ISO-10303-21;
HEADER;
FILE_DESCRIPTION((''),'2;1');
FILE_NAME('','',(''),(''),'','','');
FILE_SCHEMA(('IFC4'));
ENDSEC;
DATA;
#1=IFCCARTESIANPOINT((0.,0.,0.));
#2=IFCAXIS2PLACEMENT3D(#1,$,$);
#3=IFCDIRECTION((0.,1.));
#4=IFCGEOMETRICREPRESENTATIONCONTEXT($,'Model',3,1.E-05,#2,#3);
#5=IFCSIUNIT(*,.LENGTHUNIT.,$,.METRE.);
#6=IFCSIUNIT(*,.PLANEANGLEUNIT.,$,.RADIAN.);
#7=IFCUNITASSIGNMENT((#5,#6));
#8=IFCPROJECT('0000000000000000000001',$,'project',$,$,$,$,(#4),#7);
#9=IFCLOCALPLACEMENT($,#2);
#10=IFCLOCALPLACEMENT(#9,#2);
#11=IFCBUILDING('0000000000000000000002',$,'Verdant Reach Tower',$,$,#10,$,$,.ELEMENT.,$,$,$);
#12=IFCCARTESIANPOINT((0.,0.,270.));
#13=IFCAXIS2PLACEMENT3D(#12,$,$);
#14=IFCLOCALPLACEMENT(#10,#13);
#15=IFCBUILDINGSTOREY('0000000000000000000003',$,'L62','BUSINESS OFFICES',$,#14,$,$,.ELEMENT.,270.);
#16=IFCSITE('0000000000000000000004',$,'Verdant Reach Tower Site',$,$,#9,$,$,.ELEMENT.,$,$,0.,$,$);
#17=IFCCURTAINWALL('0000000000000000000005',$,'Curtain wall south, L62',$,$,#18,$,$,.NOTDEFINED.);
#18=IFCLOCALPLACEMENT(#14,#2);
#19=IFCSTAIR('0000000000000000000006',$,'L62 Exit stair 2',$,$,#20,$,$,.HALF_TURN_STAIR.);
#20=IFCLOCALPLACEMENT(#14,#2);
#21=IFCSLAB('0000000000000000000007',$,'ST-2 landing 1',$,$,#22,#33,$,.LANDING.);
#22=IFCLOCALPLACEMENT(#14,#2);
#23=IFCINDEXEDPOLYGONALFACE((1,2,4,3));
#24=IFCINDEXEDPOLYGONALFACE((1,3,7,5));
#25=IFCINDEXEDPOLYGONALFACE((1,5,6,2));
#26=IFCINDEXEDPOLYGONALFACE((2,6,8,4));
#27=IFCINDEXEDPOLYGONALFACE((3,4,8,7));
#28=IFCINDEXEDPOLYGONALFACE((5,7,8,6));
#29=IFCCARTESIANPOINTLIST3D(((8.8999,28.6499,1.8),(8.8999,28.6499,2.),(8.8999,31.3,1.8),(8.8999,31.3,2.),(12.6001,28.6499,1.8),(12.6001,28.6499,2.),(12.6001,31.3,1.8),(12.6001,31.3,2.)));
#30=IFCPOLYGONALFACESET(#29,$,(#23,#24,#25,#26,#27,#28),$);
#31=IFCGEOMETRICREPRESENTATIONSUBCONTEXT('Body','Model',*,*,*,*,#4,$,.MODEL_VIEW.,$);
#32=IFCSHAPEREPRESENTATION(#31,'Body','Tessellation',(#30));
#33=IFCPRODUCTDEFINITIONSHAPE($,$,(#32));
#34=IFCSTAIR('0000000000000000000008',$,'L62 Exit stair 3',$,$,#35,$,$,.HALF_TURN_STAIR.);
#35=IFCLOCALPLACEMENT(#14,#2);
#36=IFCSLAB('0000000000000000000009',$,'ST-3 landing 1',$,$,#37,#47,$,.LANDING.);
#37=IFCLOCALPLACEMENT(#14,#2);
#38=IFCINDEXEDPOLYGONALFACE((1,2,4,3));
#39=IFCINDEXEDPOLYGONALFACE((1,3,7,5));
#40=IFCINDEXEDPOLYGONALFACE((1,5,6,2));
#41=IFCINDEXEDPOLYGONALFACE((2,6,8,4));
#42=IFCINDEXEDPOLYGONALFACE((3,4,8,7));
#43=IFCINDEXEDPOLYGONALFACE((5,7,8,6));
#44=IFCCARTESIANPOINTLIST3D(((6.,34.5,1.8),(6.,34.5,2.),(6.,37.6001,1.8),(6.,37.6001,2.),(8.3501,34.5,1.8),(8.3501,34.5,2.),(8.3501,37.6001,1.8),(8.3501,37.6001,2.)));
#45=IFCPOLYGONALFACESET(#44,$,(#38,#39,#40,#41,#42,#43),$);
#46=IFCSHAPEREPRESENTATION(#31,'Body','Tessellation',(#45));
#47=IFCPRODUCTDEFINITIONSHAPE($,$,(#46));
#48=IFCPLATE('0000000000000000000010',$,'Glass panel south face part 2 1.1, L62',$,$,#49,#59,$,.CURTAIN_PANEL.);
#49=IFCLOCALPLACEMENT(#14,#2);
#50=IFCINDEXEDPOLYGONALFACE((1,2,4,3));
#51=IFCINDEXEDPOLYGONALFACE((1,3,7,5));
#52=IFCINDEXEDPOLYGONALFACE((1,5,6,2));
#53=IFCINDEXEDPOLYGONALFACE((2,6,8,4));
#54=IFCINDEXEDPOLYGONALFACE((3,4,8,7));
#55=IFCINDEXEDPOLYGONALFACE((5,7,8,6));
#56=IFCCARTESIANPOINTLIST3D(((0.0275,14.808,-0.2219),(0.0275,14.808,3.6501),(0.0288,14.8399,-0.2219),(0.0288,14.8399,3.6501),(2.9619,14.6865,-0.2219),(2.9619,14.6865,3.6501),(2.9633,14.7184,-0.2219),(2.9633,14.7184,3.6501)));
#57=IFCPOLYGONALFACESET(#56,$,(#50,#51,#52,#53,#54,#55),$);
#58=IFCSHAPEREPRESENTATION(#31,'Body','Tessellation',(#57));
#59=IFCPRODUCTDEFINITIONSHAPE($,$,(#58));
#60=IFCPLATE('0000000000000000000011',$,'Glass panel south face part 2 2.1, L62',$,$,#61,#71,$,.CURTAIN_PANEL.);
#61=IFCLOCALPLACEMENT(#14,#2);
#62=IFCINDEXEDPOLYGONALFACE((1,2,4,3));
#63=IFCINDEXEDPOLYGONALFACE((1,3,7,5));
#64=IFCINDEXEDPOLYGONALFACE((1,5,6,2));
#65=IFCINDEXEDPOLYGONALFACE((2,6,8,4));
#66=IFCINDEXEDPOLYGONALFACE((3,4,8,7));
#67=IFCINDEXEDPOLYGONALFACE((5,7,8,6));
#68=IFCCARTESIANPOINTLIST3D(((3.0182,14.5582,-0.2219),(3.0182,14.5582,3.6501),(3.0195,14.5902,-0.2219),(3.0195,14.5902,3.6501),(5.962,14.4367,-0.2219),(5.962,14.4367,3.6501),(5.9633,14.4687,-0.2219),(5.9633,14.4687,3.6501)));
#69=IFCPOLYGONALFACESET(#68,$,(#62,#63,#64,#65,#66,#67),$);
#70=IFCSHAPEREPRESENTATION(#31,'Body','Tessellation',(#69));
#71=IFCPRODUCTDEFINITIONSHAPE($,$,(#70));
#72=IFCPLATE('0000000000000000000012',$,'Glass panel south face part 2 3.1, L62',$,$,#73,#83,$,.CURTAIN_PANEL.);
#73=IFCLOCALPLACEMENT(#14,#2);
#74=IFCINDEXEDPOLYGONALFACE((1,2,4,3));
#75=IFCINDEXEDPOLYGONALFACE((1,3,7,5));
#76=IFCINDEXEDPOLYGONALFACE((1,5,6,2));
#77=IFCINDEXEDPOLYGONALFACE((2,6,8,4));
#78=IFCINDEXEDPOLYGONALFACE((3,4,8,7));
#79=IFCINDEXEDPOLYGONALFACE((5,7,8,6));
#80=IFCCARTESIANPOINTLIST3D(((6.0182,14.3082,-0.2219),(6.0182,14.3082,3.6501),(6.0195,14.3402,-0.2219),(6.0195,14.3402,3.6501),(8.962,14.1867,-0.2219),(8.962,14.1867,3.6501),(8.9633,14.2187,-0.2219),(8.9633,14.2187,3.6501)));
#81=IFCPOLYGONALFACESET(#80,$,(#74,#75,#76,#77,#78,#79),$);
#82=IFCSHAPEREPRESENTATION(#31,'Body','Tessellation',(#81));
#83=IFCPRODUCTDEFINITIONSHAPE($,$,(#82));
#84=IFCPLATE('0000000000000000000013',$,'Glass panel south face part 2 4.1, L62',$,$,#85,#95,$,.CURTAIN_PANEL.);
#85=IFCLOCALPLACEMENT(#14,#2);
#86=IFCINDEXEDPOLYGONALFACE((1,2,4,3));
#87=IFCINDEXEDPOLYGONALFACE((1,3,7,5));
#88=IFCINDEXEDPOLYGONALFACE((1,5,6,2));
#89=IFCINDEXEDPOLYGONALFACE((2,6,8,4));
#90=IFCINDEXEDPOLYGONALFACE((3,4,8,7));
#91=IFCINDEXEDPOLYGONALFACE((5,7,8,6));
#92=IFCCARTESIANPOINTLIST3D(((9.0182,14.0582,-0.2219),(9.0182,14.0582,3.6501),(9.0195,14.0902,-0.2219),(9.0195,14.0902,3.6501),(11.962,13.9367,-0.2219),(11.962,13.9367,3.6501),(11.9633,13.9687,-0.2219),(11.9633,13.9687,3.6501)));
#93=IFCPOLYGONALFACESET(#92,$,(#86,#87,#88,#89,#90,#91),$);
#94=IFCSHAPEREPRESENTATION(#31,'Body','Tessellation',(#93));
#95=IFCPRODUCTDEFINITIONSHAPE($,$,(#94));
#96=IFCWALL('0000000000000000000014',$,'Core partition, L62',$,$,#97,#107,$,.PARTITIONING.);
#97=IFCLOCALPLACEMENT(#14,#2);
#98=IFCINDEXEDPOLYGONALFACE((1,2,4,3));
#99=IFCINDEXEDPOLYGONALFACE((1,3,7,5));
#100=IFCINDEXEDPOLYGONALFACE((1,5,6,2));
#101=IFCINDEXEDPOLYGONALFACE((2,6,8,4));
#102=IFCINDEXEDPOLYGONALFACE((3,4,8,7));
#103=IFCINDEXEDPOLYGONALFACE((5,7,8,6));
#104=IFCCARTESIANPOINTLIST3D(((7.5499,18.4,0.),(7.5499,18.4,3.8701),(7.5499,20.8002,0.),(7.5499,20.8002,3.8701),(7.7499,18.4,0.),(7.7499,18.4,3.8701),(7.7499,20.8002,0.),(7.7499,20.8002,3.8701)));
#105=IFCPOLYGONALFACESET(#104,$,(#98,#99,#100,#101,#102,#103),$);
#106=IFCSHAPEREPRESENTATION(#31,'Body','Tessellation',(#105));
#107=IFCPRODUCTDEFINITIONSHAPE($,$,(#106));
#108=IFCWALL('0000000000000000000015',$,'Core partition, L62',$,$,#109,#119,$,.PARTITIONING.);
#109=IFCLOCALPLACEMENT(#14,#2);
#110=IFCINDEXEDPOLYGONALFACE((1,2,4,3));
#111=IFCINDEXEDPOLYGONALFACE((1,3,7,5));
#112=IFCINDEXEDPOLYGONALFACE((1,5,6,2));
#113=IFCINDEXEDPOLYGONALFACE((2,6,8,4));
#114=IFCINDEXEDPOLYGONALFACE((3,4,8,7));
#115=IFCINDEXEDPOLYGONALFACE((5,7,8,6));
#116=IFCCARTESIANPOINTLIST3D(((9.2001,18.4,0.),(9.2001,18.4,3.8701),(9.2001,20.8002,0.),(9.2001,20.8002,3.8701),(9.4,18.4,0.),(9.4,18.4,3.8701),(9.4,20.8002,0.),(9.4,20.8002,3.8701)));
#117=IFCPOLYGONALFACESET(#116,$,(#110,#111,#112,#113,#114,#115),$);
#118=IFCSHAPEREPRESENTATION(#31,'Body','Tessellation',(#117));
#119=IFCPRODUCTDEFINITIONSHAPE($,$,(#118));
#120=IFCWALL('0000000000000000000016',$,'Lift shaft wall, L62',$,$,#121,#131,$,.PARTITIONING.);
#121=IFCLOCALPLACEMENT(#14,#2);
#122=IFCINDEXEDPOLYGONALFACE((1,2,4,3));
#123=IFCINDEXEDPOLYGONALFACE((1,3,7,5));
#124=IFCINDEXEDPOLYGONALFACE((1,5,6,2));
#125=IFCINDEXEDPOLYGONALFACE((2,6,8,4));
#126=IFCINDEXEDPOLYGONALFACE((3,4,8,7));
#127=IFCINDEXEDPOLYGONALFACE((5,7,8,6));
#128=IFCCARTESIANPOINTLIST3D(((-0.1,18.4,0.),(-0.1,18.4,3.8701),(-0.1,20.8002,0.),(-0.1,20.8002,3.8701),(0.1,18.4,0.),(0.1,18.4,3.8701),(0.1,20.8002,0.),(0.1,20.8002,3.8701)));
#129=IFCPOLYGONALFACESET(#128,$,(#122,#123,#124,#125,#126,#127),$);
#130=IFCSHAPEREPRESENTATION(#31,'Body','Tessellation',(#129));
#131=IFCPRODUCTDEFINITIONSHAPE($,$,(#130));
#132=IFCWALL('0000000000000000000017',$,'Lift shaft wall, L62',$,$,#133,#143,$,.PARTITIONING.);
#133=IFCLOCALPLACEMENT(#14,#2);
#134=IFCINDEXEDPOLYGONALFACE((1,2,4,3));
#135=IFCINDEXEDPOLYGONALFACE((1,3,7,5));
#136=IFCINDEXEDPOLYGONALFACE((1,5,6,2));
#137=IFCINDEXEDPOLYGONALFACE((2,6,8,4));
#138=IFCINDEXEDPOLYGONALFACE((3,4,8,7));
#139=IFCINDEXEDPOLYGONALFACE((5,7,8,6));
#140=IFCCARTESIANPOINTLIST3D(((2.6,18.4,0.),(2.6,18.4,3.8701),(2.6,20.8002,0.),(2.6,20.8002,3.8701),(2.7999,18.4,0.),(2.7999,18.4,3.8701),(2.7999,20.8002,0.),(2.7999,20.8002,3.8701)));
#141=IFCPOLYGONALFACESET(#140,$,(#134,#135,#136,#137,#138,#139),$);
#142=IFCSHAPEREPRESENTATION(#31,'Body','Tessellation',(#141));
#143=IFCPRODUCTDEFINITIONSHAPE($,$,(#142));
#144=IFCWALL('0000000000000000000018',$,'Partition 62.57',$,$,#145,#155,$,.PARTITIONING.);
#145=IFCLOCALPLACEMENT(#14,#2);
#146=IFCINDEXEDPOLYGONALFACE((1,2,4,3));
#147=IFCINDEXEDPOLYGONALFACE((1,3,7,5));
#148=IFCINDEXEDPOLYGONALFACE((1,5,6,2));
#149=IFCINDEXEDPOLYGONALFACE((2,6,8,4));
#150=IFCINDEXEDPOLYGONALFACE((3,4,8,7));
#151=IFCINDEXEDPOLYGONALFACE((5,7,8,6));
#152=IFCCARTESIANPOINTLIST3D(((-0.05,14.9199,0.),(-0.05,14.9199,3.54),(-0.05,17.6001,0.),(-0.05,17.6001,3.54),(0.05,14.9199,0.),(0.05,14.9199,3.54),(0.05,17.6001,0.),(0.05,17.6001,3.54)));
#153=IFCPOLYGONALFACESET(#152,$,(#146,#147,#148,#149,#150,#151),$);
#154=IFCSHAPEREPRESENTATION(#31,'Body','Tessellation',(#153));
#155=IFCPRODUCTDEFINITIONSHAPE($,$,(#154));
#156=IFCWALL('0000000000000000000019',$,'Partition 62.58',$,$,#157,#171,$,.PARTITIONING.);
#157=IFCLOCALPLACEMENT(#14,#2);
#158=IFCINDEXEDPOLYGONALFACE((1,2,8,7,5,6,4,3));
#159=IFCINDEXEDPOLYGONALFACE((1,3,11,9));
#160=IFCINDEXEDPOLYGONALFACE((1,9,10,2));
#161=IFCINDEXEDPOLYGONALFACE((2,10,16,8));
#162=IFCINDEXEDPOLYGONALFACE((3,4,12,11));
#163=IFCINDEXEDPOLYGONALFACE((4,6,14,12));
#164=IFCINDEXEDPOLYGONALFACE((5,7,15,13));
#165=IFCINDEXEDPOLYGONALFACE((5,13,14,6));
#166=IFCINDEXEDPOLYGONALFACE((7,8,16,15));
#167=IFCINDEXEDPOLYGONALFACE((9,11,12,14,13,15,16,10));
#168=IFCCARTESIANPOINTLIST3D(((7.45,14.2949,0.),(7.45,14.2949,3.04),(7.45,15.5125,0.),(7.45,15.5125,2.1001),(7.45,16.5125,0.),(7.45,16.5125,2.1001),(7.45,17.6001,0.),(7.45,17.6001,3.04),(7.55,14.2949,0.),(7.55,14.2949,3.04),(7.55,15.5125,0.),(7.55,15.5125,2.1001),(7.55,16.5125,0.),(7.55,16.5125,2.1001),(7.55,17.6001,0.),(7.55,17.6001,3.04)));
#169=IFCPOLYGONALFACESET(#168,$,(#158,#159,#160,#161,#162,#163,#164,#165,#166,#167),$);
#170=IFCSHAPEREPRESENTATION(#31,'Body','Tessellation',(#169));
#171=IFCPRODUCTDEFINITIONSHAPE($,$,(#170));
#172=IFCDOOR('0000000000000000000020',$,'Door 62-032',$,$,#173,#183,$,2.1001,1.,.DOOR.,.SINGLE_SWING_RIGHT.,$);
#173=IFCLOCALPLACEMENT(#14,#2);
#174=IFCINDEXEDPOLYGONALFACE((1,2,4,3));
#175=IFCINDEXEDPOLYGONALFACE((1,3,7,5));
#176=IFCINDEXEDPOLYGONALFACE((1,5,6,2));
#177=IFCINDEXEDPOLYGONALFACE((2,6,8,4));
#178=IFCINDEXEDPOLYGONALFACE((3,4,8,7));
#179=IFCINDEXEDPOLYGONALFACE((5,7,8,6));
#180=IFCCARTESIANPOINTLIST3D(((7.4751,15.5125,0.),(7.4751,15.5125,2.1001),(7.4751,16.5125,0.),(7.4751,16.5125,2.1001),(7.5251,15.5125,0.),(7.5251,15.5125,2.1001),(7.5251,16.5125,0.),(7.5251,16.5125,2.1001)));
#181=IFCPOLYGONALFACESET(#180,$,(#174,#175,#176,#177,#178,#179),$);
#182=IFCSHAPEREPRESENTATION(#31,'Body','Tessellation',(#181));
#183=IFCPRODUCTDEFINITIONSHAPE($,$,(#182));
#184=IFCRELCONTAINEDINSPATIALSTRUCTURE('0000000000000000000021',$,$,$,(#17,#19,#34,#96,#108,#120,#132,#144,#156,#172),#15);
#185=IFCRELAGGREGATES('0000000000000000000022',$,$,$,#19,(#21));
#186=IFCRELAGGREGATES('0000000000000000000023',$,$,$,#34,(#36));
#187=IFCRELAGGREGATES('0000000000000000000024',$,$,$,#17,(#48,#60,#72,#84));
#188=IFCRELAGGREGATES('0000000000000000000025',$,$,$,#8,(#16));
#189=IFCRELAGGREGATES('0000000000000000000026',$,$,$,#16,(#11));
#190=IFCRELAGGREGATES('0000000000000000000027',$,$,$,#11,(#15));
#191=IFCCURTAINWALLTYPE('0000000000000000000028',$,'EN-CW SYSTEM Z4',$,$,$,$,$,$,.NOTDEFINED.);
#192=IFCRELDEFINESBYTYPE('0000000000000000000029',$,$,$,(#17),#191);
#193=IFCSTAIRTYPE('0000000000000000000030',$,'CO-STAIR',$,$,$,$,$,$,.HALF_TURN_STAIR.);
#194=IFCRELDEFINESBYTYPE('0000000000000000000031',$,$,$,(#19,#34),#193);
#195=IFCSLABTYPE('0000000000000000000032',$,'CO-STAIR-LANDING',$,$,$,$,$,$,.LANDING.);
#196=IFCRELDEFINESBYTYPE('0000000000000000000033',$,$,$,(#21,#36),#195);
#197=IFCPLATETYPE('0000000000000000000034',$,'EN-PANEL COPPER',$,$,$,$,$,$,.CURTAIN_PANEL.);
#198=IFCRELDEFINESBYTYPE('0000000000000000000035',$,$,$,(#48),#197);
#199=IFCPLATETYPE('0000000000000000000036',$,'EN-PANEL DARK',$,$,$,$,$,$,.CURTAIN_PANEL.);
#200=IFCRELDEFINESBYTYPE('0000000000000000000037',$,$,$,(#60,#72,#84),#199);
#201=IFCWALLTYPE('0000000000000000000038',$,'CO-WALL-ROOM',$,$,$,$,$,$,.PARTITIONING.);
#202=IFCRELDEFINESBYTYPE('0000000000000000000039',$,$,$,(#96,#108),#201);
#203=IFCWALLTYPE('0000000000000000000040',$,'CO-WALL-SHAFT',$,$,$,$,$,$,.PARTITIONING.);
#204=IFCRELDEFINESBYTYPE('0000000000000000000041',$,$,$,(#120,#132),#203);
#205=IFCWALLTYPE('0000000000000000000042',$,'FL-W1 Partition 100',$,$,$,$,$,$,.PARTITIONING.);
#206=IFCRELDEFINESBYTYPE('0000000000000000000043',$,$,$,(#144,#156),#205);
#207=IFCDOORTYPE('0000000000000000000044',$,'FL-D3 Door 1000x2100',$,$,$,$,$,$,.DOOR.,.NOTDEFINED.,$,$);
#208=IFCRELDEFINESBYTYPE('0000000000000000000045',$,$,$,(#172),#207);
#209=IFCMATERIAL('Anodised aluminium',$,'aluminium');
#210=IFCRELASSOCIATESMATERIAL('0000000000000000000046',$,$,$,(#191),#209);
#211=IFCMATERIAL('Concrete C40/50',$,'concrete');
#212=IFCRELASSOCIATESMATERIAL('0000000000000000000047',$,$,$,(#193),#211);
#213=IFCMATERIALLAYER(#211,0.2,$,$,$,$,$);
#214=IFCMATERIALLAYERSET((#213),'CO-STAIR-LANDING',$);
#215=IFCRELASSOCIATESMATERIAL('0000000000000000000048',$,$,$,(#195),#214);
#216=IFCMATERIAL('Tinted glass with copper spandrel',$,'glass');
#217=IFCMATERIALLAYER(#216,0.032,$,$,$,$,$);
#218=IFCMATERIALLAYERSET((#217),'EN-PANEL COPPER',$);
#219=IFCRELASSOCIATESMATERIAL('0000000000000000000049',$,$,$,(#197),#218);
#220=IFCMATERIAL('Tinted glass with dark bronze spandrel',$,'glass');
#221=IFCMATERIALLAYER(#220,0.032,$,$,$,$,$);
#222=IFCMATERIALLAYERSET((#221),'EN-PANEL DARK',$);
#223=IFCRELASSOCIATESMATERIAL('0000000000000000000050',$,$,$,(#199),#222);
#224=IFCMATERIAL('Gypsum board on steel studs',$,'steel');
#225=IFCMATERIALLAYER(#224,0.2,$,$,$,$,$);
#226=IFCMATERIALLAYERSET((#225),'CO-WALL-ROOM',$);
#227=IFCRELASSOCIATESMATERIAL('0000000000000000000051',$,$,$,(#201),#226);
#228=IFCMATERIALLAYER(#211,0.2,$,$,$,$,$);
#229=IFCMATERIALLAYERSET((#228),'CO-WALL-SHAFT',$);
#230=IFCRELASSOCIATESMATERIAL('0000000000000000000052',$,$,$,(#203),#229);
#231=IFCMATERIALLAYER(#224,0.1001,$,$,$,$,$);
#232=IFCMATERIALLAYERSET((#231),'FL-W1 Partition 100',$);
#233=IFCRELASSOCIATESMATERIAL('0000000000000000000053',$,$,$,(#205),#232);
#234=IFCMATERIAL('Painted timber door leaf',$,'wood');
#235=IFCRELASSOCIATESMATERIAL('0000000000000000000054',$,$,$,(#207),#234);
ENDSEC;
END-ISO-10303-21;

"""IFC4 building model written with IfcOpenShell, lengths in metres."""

from ifc_helpers import new_model, si_unit, direction, frame, frame_2d, origin, origin_2d, place, context, subcontext, project, spatial, polyline, rectangle, outline, extrude, material, layer, layer_set, type_object, element, fill, aggregate, save


model = new_model("IFC4")

# Units and contexts
model_context = context("Model", 3, precision=1e-05, world=origin(), true_north=direction((0.0, 1.0)))
body_context = subcontext(model_context, "Body", "Model", "MODEL_VIEW")
ifc_project = project(units=[si_unit("LENGTHUNIT", "METRE"), si_unit("PLANEANGLEUNIT", "RADIAN")], contexts=[model_context])

# Site, building, storey
site_placement = place(None, origin())
site = spatial("IfcSite", under=ifc_project, at=site_placement, Name="Verdant Reach Tower Site", CompositionType="ELEMENT", RefElevation=0.0)
building_placement = place(site_placement, origin())
building = spatial("IfcBuilding", under=site, at=building_placement, Name="Verdant Reach Tower", CompositionType="ELEMENT")
storey_placement = place(building_placement, frame((0.0, 0.0, 270.0)))
storey = spatial("IfcBuildingStorey", under=building, at=storey_placement, Name="L62", Description="BUSINESS OFFICES", CompositionType="ELEMENT", Elevation=270.0)

# Curtain wall
ifc_material_1 = material(Name="Anodised aluminium", Category="aluminium")
curtain_wall_type = type_object("IfcCurtainWallType", Name="EN-CW SYSTEM Z4", PredefinedType="NOTDEFINED", material=ifc_material_1)
curtain_wall_placement = place(storey_placement, origin())
curtain_wall = element("IfcCurtainWall", 1, at=curtain_wall_placement, inside=storey, type_object=curtain_wall_type, Name="Curtain wall south, L62", PredefinedType="NOTDEFINED")

# Stairs, slabs
ifc_material_2 = material(Name="Concrete C40/50", Category="concrete")
stair_type = type_object("IfcStairType", Name="CO-STAIR", PredefinedType="HALF_TURN_STAIR", material=ifc_material_2)
ifc_layer_1 = layer(ifc_material_2, 0.2)
ifc_layer_set_1 = layer_set([ifc_layer_1], Name="CO-STAIR-LANDING")
slab_type = type_object("IfcSlabType", Name="CO-STAIR-LANDING", PredefinedType="LANDING", material=ifc_layer_set_1)
stair_1_placement = place(storey_placement, origin())
stair_1 = element("IfcStair", 2, at=stair_1_placement, inside=storey, type_object=stair_type, Name="L62 Exit stair 2", PredefinedType="HALF_TURN_STAIR")
slab_1_placement = place(storey_placement, frame((0.0, 0.0, 1.8)))
slab_1 = element("IfcSlab", 3, at=slab_1_placement, type_object=slab_type, Name="ST-2 landing 1", PredefinedType="LANDING", context=body_context, shape_type="SweptSolid", body=[
    extrude(outline(polyline([(12.6001, 28.6499), (12.6001, 31.3), (8.8999, 31.3), (8.8999, 28.6499), (12.6001, 28.6499)])), origin(), (0.0, 0.0, 1.0), 0.2),
])
aggregate(stair_1, [slab_1])
stair_2_placement = place(storey_placement, origin())
stair_2 = element("IfcStair", 4, at=stair_2_placement, inside=storey, type_object=stair_type, Name="L62 Exit stair 3", PredefinedType="HALF_TURN_STAIR")
slab_2_placement = place(storey_placement, frame((0.0, 0.0, 1.8)))
slab_2 = element("IfcSlab", 5, at=slab_2_placement, type_object=slab_type, Name="ST-3 landing 1", PredefinedType="LANDING", context=body_context, shape_type="SweptSolid", body=[
    extrude(outline(polyline([(8.3501, 37.6001), (6.0, 37.6001), (6.0, 34.5), (8.3501, 34.5), (8.3501, 37.6001)])), origin(), (0.0, 0.0, 1.0), 0.2),
])
aggregate(stair_2, [slab_2])

# Plates
ifc_material_3 = material(Name="Tinted glass with copper spandrel", Category="glass")
ifc_layer_2 = layer(ifc_material_3, 0.032)
ifc_layer_set_2 = layer_set([ifc_layer_2], Name="EN-PANEL COPPER")
plate_type_1 = type_object("IfcPlateType", Name="EN-PANEL COPPER", PredefinedType="CURTAIN_PANEL", material=ifc_layer_set_2)
plate_1_placement = place(storey_placement, frame((1.4954, 14.7632, -0.2219), z_axis=(0.0, 0.0, 1.0), x_axis=(0.999144, -0.04137, 0.0)))
plate_1 = element("IfcPlate", 6, at=plate_1_placement, type_object=plate_type_1, Name="Glass panel south face part 2 1.1, L62", PredefinedType="CURTAIN_PANEL", context=body_context, shape_type="SweptSolid", body=[
    extrude(rectangle(XDim=2.937, YDim=0.032, at=origin_2d()), origin(), (0.0, 0.0, 1.0), 3.8721),
])
ifc_material_4 = material(Name="Tinted glass with dark bronze spandrel", Category="glass")
ifc_layer_3 = layer(ifc_material_4, 0.032)
ifc_layer_set_3 = layer_set([ifc_layer_3], Name="EN-PANEL DARK")
plate_type_2 = type_object("IfcPlateType", Name="EN-PANEL DARK", PredefinedType="CURTAIN_PANEL", material=ifc_layer_set_3)
plate_2_placement = place(storey_placement, frame((4.4907, 14.5134, -0.2219), z_axis=(0.0, 0.0, 1.0), x_axis=(0.999149, -0.041242, 0.0)))
plate_2 = element("IfcPlate", 7, at=plate_2_placement, type_object=plate_type_2, Name="Glass panel south face part 2 2.1, L62", PredefinedType="CURTAIN_PANEL", context=body_context, shape_type="SweptSolid", body=[
    extrude(rectangle(XDim=2.9463, YDim=0.032, at=origin_2d()), origin(), (0.0, 0.0, 1.0), 3.8721),
])
plate_3_placement = place(storey_placement, frame((7.4907, 14.2634, -0.2219), z_axis=(0.0, 0.0, 1.0), x_axis=(0.999149, -0.041242, 0.0)))
plate_3 = element("IfcPlate", 8, at=plate_3_placement, type_object=plate_type_2, Name="Glass panel south face part 2 3.1, L62", PredefinedType="CURTAIN_PANEL", context=body_context, shape_type="SweptSolid", body=[
    extrude(rectangle(XDim=2.9463, YDim=0.032, at=origin_2d()), origin(), (0.0, 0.0, 1.0), 3.8721),
])
plate_4_placement = place(storey_placement, frame((10.4907, 14.0134, -0.2219), z_axis=(0.0, 0.0, 1.0), x_axis=(0.999149, -0.041242, 0.0)))
plate_4 = element("IfcPlate", 9, at=plate_4_placement, type_object=plate_type_2, Name="Glass panel south face part 2 4.1, L62", PredefinedType="CURTAIN_PANEL", context=body_context, shape_type="SweptSolid", body=[
    extrude(rectangle(XDim=2.9463, YDim=0.032, at=origin_2d()), origin(), (0.0, 0.0, 1.0), 3.8721),
])
aggregate(curtain_wall, [plate_1, plate_2, plate_3, plate_4])

# Walls
ifc_material_5 = material(Name="Gypsum board on steel studs", Category="steel")
ifc_layer_4 = layer(ifc_material_5, 0.2)
ifc_layer_set_4 = layer_set([ifc_layer_4], Name="CO-WALL-ROOM")
wall_type_1 = type_object("IfcWallType", Name="CO-WALL-ROOM", PredefinedType="PARTITIONING", material=ifc_layer_set_4)
for number, where, z_axis, x_axis, name in (
    (10, (7.6499, 18.3999, 0.0), (0.0, 0.0, 1.0), (0.0, 1.0, 0.0), "Core partition, L62"),
    (11, (9.3, 18.3999, 0.0), (0.0, 0.0, 1.0), (0.0, 1.0, 0.0), "Core partition, L62"),
):
    element("IfcWall", number, at=place(storey_placement, frame(where, z_axis=z_axis, x_axis=x_axis)), inside=storey, type_object=wall_type_1, Name=name, PredefinedType="PARTITIONING", context=body_context, shape_type="SweptSolid", body=[
        extrude(rectangle(XDim=2.4001, YDim=0.2, at=frame_2d((1.2002, 0.0))), origin(), (0.0, 0.0, 1.0), 3.8701),
    ])
ifc_layer_5 = layer(ifc_material_2, 0.2)
ifc_layer_set_5 = layer_set([ifc_layer_5], Name="CO-WALL-SHAFT")
wall_type_2 = type_object("IfcWallType", Name="CO-WALL-SHAFT", PredefinedType="PARTITIONING", material=ifc_layer_set_5)
for number, where, z_axis, x_axis, name in (
    (12, (0.0, 18.3999, 0.0), (0.0, 0.0, 1.0), (0.0, 1.0, 0.0), "Lift shaft wall, L62"),
    (13, (2.7, 18.3999, 0.0), (0.0, 0.0, 1.0), (0.0, 1.0, 0.0), "Lift shaft wall, L62"),
):
    element("IfcWall", number, at=place(storey_placement, frame(where, z_axis=z_axis, x_axis=x_axis)), inside=storey, type_object=wall_type_2, Name=name, PredefinedType="PARTITIONING", context=body_context, shape_type="SweptSolid", body=[
        extrude(rectangle(XDim=2.4001, YDim=0.2, at=frame_2d((1.2002, 0.0))), origin(), (0.0, 0.0, 1.0), 3.8701),
    ])
ifc_layer_6 = layer(ifc_material_5, 0.1001)
ifc_layer_set_6 = layer_set([ifc_layer_6], Name="FL-W1 Partition 100")
wall_type_3 = type_object("IfcWallType", Name="FL-W1 Partition 100", PredefinedType="PARTITIONING", material=ifc_layer_set_6)
wall_1_placement = place(storey_placement, frame((0.0, 14.9199, 0.0), z_axis=(0.0, 0.0, 1.0), x_axis=(0.0, 1.0, 0.0)))
element("IfcWall", 14, at=wall_1_placement, inside=storey, type_object=wall_type_3, Name="Partition 62.57", PredefinedType="PARTITIONING", context=body_context, shape_type="SweptSolid", body=[
    extrude(rectangle(XDim=2.6802, YDim=0.1001, at=frame_2d((1.3401, 0.0))), origin(), (0.0, 0.0, 1.0), 3.54),
])

# Wall, opening, door
wall_2_placement = place(storey_placement, frame((7.5, 14.2949, 0.0), z_axis=(0.0, 0.0, 1.0), x_axis=(0.0, 1.0, 0.0)))
wall_2 = element("IfcWall", 15, at=wall_2_placement, inside=storey, type_object=wall_type_3, Name="Partition 62.58", PredefinedType="PARTITIONING", context=body_context, shape_type="SweptSolid", body=[
    extrude(rectangle(XDim=3.3052, YDim=0.1001, at=frame_2d((1.6526, 0.0))), origin(), (0.0, 0.0, 1.0), 3.04),
])
opening_1_placement = place(wall_2_placement, frame((1.2175, 0.0, 0.0)))
opening_1 = element("IfcOpeningElement", 16, at=opening_1_placement, cuts=wall_2, PredefinedType="OPENING", context=body_context, shape_type="SweptSolid", body=[
    extrude(rectangle(XDim=1.0, YDim=2.1001, at=frame_2d((0.5, 1.05))), frame((0.0, 0.0601, 0.0), z_axis=(0.0, -1.0, 0.0), x_axis=(1.0, 0.0, 0.0)), (0.0, 0.0, 1.0), 0.1201),
])
ifc_material_6 = material(Name="Painted timber door leaf", Category="wood")
door_type_1 = type_object("IfcDoorType", Name="FL-D3 Door 1000x2100", OperationType="NOTDEFINED", PredefinedType="DOOR", material=ifc_material_6)
door_1_placement = place(opening_1_placement, origin())
door_1 = element("IfcDoor", 17, at=door_1_placement, inside=storey, type_object=door_type_1, Name="Door 62-032", OperationType="SINGLE_SWING_RIGHT", OverallHeight=2.1001, OverallWidth=1.0, PredefinedType="DOOR", context=body_context, shape_type="SweptSolid", body=[
    extrude(rectangle(XDim=1.0, YDim=2.1001, at=frame_2d((0.5, 1.05))), frame((0.0, 0.0249, 0.0), z_axis=(0.0, -1.0, 0.0), x_axis=(1.0, 0.0, 0.0)), (0.0, 0.0, 1.0), 0.05),
])
fill(opening_1, door_1)

save(model, "model.ifc")
